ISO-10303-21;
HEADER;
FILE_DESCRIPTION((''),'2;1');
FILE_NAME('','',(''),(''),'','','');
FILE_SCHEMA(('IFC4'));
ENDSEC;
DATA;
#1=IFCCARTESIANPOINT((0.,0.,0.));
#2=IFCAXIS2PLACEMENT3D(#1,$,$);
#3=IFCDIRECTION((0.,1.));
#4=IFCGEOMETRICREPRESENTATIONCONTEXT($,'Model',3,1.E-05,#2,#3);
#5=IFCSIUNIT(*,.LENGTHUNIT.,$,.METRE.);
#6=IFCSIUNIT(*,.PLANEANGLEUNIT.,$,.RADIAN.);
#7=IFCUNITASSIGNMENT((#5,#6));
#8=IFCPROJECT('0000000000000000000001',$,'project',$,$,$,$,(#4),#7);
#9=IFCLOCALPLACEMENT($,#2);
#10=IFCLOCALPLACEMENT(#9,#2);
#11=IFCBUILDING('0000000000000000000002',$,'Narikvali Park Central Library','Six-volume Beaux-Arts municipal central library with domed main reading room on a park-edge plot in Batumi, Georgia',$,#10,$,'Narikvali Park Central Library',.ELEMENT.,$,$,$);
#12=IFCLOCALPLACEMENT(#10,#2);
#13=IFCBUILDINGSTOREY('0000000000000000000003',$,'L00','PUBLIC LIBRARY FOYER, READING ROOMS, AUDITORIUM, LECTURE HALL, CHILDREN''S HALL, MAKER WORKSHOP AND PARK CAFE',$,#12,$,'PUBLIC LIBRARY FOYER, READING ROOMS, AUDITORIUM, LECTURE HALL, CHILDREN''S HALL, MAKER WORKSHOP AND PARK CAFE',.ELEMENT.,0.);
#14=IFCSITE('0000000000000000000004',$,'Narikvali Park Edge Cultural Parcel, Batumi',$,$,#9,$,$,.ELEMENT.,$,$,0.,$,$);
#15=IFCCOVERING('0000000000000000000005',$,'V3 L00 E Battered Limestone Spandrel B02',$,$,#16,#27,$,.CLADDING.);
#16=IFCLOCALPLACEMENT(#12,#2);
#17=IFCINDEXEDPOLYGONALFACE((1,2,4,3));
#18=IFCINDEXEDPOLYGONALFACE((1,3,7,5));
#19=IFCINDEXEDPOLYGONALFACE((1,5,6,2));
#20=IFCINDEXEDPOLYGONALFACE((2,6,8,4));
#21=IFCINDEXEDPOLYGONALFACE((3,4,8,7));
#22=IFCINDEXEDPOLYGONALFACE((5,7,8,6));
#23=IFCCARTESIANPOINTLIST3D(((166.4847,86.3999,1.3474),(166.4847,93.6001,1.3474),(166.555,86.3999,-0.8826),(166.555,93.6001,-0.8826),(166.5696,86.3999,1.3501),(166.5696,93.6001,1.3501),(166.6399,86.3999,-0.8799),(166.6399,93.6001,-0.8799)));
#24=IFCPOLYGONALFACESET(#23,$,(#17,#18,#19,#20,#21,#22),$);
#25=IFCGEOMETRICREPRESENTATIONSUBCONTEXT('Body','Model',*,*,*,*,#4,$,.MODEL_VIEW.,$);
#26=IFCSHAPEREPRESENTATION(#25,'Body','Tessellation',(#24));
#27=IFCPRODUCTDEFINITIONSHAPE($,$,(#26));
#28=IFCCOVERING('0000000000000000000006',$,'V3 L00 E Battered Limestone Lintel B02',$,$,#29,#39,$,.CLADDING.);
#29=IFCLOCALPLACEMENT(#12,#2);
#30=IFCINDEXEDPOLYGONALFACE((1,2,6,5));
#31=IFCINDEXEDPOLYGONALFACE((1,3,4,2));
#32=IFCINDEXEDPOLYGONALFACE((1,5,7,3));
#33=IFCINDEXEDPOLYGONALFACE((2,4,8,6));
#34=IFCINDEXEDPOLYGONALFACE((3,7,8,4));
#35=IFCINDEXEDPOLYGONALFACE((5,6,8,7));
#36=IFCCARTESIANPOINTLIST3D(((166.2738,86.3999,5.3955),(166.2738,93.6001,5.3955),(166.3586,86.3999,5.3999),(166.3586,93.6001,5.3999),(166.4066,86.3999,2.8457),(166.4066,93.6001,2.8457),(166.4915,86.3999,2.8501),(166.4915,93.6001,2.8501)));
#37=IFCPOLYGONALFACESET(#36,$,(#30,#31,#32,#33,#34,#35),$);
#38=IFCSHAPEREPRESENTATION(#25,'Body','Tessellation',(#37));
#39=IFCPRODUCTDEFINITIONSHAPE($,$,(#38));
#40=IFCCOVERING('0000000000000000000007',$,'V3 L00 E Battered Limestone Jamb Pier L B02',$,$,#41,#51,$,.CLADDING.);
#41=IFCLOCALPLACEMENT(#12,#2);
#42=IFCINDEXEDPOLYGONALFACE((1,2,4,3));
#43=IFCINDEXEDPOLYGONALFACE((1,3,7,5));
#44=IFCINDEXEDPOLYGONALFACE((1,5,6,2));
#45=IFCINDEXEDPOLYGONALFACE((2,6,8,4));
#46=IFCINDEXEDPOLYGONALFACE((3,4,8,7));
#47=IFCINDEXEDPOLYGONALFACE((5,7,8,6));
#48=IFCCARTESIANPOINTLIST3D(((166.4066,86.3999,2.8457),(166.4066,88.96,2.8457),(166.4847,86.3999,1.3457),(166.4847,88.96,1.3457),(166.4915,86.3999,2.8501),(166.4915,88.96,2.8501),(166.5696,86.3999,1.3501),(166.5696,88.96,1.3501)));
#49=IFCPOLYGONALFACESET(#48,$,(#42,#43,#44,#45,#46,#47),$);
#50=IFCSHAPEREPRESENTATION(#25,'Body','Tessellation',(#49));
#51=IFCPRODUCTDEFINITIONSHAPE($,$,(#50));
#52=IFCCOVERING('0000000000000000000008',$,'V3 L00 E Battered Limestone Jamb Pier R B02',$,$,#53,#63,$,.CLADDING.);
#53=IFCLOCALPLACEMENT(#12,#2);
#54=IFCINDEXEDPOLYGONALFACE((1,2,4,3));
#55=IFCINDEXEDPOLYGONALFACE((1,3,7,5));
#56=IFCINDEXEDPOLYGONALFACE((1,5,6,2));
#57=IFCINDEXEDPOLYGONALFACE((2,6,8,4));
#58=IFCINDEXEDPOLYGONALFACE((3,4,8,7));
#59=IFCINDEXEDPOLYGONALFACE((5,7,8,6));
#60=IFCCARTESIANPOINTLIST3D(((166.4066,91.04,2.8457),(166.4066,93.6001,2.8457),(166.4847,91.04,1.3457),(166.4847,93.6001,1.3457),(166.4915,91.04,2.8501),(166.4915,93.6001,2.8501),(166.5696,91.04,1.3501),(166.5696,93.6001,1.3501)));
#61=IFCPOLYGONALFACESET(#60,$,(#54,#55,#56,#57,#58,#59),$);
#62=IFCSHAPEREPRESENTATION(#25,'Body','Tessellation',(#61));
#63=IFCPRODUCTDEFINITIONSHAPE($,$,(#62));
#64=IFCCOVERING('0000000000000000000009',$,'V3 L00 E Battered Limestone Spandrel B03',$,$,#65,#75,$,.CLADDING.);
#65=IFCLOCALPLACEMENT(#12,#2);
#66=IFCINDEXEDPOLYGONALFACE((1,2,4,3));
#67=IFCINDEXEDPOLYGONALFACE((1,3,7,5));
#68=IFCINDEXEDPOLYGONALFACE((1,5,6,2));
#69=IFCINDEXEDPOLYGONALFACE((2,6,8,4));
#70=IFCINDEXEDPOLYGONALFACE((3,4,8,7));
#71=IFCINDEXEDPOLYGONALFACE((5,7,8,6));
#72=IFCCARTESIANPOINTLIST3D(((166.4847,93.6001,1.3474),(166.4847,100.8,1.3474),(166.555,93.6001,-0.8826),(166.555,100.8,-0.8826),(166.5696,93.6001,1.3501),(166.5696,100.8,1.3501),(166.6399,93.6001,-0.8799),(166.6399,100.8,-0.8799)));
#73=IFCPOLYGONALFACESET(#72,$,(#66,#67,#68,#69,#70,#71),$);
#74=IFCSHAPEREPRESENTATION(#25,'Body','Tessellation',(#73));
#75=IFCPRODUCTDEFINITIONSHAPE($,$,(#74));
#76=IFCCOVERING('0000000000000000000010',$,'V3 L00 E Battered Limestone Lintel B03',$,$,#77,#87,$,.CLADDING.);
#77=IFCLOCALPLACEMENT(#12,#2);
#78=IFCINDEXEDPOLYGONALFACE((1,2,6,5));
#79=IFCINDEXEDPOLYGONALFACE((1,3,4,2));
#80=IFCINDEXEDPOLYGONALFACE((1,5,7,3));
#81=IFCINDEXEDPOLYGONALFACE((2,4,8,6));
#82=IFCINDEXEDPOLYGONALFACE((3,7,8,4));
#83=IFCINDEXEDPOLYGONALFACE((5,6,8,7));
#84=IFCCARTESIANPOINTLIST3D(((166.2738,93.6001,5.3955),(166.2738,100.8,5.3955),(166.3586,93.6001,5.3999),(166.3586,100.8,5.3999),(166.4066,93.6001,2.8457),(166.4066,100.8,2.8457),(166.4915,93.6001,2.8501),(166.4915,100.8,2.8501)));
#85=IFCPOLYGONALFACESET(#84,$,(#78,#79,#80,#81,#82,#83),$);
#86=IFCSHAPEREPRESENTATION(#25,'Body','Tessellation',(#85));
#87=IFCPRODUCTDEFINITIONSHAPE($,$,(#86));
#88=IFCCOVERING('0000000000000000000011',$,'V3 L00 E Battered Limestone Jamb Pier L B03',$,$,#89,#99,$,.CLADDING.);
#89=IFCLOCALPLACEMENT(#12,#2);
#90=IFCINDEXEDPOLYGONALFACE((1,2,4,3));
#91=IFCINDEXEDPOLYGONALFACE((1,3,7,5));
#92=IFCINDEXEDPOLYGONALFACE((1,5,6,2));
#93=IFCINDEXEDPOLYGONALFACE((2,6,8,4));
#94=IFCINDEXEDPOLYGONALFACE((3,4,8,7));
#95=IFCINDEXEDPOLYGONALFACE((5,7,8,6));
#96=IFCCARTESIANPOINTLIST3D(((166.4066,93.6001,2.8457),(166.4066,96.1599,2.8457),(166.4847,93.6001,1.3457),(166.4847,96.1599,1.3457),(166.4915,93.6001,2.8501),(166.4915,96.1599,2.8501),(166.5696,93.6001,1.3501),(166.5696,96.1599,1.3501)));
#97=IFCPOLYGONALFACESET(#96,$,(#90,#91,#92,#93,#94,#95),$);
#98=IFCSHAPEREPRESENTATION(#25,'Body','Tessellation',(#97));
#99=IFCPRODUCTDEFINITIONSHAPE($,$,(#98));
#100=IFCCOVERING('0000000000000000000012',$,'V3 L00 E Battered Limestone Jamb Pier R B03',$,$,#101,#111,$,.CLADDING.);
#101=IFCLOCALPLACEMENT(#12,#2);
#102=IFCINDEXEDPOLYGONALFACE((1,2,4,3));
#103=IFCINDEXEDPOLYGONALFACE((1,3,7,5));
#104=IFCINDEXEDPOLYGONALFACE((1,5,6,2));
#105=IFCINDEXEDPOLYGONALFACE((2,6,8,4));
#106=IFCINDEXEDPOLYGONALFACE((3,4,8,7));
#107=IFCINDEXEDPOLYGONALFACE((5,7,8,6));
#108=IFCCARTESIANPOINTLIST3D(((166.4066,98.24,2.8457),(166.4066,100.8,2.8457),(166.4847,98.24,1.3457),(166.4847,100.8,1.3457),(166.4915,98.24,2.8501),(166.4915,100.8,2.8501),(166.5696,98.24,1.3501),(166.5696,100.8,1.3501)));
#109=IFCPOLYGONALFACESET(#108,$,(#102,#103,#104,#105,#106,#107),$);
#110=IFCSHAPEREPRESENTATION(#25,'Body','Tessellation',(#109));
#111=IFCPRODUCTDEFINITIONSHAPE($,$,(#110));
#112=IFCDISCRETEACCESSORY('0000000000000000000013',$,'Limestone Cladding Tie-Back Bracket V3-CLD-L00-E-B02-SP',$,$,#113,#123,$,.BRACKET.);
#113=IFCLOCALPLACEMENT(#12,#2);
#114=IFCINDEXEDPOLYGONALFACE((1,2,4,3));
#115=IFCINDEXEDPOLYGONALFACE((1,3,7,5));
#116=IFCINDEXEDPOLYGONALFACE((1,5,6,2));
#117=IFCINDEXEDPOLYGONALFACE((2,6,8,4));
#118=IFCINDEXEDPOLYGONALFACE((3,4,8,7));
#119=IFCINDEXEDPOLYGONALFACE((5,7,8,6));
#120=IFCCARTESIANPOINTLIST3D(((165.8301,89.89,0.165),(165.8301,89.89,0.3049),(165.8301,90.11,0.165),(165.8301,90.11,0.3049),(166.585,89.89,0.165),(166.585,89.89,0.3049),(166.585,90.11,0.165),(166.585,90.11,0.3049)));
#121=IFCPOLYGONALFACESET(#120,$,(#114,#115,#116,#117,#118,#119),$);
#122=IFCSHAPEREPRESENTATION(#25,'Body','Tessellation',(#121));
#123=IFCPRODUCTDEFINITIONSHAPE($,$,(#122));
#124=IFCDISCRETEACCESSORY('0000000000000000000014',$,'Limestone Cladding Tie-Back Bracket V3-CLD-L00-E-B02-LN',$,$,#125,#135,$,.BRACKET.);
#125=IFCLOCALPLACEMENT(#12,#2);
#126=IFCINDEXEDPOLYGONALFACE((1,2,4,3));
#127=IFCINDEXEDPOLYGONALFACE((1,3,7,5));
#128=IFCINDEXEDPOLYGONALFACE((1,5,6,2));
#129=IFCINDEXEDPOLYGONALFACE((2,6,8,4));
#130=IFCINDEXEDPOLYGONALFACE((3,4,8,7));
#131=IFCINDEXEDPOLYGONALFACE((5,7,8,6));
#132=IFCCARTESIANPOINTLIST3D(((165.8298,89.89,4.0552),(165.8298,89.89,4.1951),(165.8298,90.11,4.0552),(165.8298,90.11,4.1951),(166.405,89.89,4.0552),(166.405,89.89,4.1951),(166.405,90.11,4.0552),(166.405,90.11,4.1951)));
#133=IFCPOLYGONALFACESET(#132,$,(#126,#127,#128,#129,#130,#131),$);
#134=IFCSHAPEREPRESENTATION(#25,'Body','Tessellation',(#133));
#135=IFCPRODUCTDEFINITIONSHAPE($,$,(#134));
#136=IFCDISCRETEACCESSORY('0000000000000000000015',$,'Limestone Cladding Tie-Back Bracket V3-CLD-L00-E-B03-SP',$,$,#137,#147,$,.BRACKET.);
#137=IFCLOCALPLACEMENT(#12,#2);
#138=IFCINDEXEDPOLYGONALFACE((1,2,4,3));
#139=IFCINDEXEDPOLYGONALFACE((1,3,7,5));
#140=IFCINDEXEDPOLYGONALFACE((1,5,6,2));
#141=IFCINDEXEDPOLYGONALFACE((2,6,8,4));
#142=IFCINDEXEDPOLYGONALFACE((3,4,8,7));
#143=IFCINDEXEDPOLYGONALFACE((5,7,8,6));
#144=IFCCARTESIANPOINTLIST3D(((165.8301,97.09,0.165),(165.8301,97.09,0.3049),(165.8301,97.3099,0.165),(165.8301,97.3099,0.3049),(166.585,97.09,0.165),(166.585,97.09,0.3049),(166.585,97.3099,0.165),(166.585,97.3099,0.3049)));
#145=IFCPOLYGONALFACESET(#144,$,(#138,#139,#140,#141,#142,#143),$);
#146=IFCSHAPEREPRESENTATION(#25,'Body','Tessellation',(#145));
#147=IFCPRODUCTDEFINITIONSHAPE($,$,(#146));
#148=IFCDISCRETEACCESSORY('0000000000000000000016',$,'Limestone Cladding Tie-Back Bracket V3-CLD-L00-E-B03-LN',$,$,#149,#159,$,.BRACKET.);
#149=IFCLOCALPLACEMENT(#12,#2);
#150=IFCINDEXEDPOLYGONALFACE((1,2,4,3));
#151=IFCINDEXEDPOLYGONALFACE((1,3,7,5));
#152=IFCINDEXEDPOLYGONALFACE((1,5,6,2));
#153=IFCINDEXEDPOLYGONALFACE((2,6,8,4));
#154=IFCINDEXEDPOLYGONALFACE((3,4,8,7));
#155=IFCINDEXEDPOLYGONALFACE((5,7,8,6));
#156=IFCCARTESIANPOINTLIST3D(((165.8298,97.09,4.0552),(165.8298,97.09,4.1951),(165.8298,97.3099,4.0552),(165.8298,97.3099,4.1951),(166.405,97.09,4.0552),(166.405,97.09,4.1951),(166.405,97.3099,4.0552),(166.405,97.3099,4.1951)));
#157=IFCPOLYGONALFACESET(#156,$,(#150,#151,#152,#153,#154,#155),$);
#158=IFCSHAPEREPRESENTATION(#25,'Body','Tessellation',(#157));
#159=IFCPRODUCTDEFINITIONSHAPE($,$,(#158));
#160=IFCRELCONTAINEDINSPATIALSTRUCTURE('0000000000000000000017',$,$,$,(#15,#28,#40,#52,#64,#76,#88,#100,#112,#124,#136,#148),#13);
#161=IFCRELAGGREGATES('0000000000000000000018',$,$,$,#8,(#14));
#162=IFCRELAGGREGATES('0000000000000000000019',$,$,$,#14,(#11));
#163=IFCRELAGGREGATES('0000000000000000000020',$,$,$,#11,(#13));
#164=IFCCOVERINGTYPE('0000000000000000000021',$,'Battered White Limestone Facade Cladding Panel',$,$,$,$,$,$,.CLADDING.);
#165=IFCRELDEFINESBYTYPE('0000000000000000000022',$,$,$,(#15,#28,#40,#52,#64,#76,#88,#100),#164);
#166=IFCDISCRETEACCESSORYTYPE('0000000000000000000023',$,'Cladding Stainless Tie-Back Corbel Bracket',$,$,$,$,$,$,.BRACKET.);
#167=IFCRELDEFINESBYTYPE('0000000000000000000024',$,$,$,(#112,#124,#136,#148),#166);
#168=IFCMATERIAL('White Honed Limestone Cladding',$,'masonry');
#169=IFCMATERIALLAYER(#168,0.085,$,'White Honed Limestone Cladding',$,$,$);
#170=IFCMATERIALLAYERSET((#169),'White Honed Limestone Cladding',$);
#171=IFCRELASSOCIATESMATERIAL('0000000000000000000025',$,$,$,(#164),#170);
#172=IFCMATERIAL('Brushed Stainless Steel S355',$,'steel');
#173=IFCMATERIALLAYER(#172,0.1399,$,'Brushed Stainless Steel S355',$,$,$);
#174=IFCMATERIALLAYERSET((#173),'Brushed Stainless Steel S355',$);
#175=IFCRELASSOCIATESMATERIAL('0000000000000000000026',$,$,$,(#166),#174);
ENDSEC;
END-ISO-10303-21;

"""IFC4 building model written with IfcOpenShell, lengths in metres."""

from ifc_helpers import new_model, si_unit, direction, frame, origin, origin_2d, place, context, subcontext, project, spatial, polyline, rectangle, outline, extrude, material, layer, layer_set, type_object, element, save


model = new_model("IFC4")

# Units and contexts
model_context = context("Model", 3, precision=1e-05, world=origin(), true_north=direction((0.0, 1.0)))
body_context = subcontext(model_context, "Body", "Model", "MODEL_VIEW")
ifc_project = project(units=[si_unit("LENGTHUNIT", "METRE"), si_unit("PLANEANGLEUNIT", "RADIAN")], contexts=[model_context])

# Site, building, storey
site_placement = place(None, origin())
site = spatial("IfcSite", under=ifc_project, at=site_placement, Name="Narikvali Park Edge Cultural Parcel, Batumi", CompositionType="ELEMENT", RefElevation=0.0)
building_placement = place(site_placement, origin())
building = spatial("IfcBuilding", under=site, at=building_placement, Name="Narikvali Park Central Library", Description="Six-volume Beaux-Arts municipal central library with domed main reading room on a park-edge plot in Batumi, Georgia", LongName="Narikvali Park Central Library", CompositionType="ELEMENT")
storey_placement = place(building_placement, origin())
storey = spatial("IfcBuildingStorey", under=building, at=storey_placement, Name="L00", Description="PUBLIC LIBRARY FOYER, READING ROOMS, AUDITORIUM, LECTURE HALL, CHILDREN'S HALL, MAKER WORKSHOP AND PARK CAFE", LongName="PUBLIC LIBRARY FOYER, READING ROOMS, AUDITORIUM, LECTURE HALL, CHILDREN'S HALL, MAKER WORKSHOP AND PARK CAFE", CompositionType="ELEMENT", Elevation=0.0)

# Coverings
ifc_material_1 = material(Name="White Honed Limestone Cladding", Category="masonry")
ifc_layer_1 = layer(ifc_material_1, 0.085, Name="White Honed Limestone Cladding")
ifc_layer_set_1 = layer_set([ifc_layer_1], Name="White Honed Limestone Cladding")
covering_type = type_object("IfcCoveringType", Name="Battered White Limestone Facade Cladding Panel", PredefinedType="CLADDING", material=ifc_layer_set_1)
covering_1_placement = place(storey_placement, frame((166.6399, 86.3999, -0.8799), z_axis=(0.999503, 0.0, 0.031515), x_axis=(0.0, 1.0, 0.0)))
element("IfcCovering", 1, at=covering_1_placement, inside=storey, type_object=covering_type, Name="V3 L00 E Battered Limestone Spandrel B02", PredefinedType="CLADDING", context=body_context, shape_type="SweptSolid", body=[
    extrude(outline(polyline([(0.0, 0.0), (7.2002, 0.0), (7.2002, 2.2311), (0.0, 2.2311), (0.0, 0.0)])), origin(), (0.0, 0.0, -1.0), 0.085),
])
covering_2_placement = place(storey_placement, frame((166.4915, 86.3999, 2.8501), z_axis=(0.998646, 0.0, 0.052017), x_axis=(0.0, 1.0, 0.0)))
element("IfcCovering", 2, at=covering_2_placement, inside=storey, type_object=covering_type, Name="V3 L00 E Battered Limestone Lintel B02", PredefinedType="CLADDING", context=body_context, shape_type="SweptSolid", body=[
    extrude(outline(polyline([(0.0, 0.0), (7.2002, 0.0), (7.2002, 2.5533), (0.0, 2.5533), (0.0, 0.0)])), origin(), (0.0, 0.0, -1.0), 0.085),
])
for number, where, z_axis, x_axis, name in (
    (3, (166.5696, 86.3999, 1.3501), (0.998646, 0.0, 0.052013), (0.0, 1.0, 0.0), "V3 L00 E Battered Limestone Jamb Pier L B02"),
    (4, (166.5696, 91.04, 1.3501), (0.998646, 0.0, 0.052013), (0.0, 1.0, 0.0), "V3 L00 E Battered Limestone Jamb Pier R B02"),
):
    element("IfcCovering", number, at=place(storey_placement, frame(where, z_axis=z_axis, x_axis=x_axis)), inside=storey, type_object=covering_type, Name=name, PredefinedType="CLADDING", context=body_context, shape_type="SweptSolid", body=[
        extrude(outline(polyline([(0.0, 0.0), (2.5601, 0.0), (2.5601, 1.502), (0.0, 1.502), (0.0, 0.0)])), origin(), (0.0, 0.0, -1.0), 0.085),
    ])
covering_3_placement = place(storey_placement, frame((166.6399, 93.6001, -0.8799), z_axis=(0.999503, 0.0, 0.031515), x_axis=(0.0, 1.0, 0.0)))
element("IfcCovering", 5, at=covering_3_placement, inside=storey, type_object=covering_type, Name="V3 L00 E Battered Limestone Spandrel B03", PredefinedType="CLADDING", context=body_context, shape_type="SweptSolid", body=[
    extrude(outline(polyline([(0.0, 0.0), (7.2, 0.0), (7.2, 2.2311), (0.0, 2.2311), (0.0, 0.0)])), origin(), (0.0, 0.0, -1.0), 0.085),
])
covering_4_placement = place(storey_placement, frame((166.4915, 93.6001, 2.8501), z_axis=(0.998646, 0.0, 0.052017), x_axis=(0.0, 1.0, 0.0)))
element("IfcCovering", 6, at=covering_4_placement, inside=storey, type_object=covering_type, Name="V3 L00 E Battered Limestone Lintel B03", PredefinedType="CLADDING", context=body_context, shape_type="SweptSolid", body=[
    extrude(outline(polyline([(0.0, 0.0), (7.2, 0.0), (7.2, 2.5533), (0.0, 2.5533), (0.0, 0.0)])), origin(), (0.0, 0.0, -1.0), 0.085),
])
covering_5_placement = place(storey_placement, frame((166.5696, 93.6001, 1.3501), z_axis=(0.998646, 0.0, 0.052013), x_axis=(0.0, 1.0, 0.0)))
element("IfcCovering", 7, at=covering_5_placement, inside=storey, type_object=covering_type, Name="V3 L00 E Battered Limestone Jamb Pier L B03", PredefinedType="CLADDING", context=body_context, shape_type="SweptSolid", body=[
    extrude(outline(polyline([(0.0, 0.0), (2.5598, 0.0), (2.5598, 1.502), (0.0, 1.502), (0.0, 0.0)])), origin(), (0.0, 0.0, -1.0), 0.085),
])
covering_6_placement = place(storey_placement, frame((166.5696, 98.24, 1.3501), z_axis=(0.998646, 0.0, 0.052013), x_axis=(0.0, 1.0, 0.0)))
element("IfcCovering", 8, at=covering_6_placement, inside=storey, type_object=covering_type, Name="V3 L00 E Battered Limestone Jamb Pier R B03", PredefinedType="CLADDING", context=body_context, shape_type="SweptSolid", body=[
    extrude(outline(polyline([(0.0, 0.0), (2.5601, 0.0), (2.5601, 1.502), (0.0, 1.502), (0.0, 0.0)])), origin(), (0.0, 0.0, -1.0), 0.085),
])

# Discrete accessories
ifc_material_2 = material(Name="Brushed Stainless Steel S355", Category="steel")
ifc_layer_2 = layer(ifc_material_2, 0.1399, Name="Brushed Stainless Steel S355")
ifc_layer_set_2 = layer_set([ifc_layer_2], Name="Brushed Stainless Steel S355")
discrete_accessory_type = type_object("IfcDiscreteAccessoryType", Name="Cladding Stainless Tie-Back Corbel Bracket", PredefinedType="BRACKET", material=ifc_layer_set_2)
discrete_accessory_1_placement = place(storey_placement, frame((166.2075, 90.0, 0.165), z_axis=(0.0, 0.0, 1.0), x_axis=(1.0, 0.0, 0.0)))
element("IfcDiscreteAccessory", 9, at=discrete_accessory_1_placement, inside=storey, type_object=discrete_accessory_type, Name="Limestone Cladding Tie-Back Bracket V3-CLD-L00-E-B02-SP", PredefinedType="BRACKET", context=body_context, shape_type="SweptSolid", body=[
    extrude(rectangle(XDim=0.7549, YDim=0.22, at=origin_2d()), origin(), (0.0, 0.0, 1.0), 0.1399),
])
discrete_accessory_2_placement = place(storey_placement, frame((166.1174, 90.0, 4.0552), z_axis=(0.0, 0.0, 1.0), x_axis=(1.0, 0.0, 0.0)))
element("IfcDiscreteAccessory", 10, at=discrete_accessory_2_placement, inside=storey, type_object=discrete_accessory_type, Name="Limestone Cladding Tie-Back Bracket V3-CLD-L00-E-B02-LN", PredefinedType="BRACKET", context=body_context, shape_type="SweptSolid", body=[
    extrude(rectangle(XDim=0.5752, YDim=0.22, at=origin_2d()), origin(), (0.0, 0.0, 1.0), 0.1399),
])
discrete_accessory_3_placement = place(storey_placement, frame((166.2075, 97.2, 0.165), z_axis=(0.0, 0.0, 1.0), x_axis=(1.0, 0.0, 0.0)))
element("IfcDiscreteAccessory", 11, at=discrete_accessory_3_placement, inside=storey, type_object=discrete_accessory_type, Name="Limestone Cladding Tie-Back Bracket V3-CLD-L00-E-B03-SP", PredefinedType="BRACKET", context=body_context, shape_type="SweptSolid", body=[
    extrude(rectangle(XDim=0.7549, YDim=0.22, at=origin_2d()), origin(), (0.0, 0.0, 1.0), 0.1399),
])
discrete_accessory_4_placement = place(storey_placement, frame((166.1174, 97.2, 4.0552), z_axis=(0.0, 0.0, 1.0), x_axis=(1.0, 0.0, 0.0)))
element("IfcDiscreteAccessory", 12, at=discrete_accessory_4_placement, inside=storey, type_object=discrete_accessory_type, Name="Limestone Cladding Tie-Back Bracket V3-CLD-L00-E-B03-LN", PredefinedType="BRACKET", context=body_context, shape_type="SweptSolid", body=[
    extrude(rectangle(XDim=0.5752, YDim=0.22, at=origin_2d()), origin(), (0.0, 0.0, 1.0), 0.1399),
])

save(model, "model.ifc")
